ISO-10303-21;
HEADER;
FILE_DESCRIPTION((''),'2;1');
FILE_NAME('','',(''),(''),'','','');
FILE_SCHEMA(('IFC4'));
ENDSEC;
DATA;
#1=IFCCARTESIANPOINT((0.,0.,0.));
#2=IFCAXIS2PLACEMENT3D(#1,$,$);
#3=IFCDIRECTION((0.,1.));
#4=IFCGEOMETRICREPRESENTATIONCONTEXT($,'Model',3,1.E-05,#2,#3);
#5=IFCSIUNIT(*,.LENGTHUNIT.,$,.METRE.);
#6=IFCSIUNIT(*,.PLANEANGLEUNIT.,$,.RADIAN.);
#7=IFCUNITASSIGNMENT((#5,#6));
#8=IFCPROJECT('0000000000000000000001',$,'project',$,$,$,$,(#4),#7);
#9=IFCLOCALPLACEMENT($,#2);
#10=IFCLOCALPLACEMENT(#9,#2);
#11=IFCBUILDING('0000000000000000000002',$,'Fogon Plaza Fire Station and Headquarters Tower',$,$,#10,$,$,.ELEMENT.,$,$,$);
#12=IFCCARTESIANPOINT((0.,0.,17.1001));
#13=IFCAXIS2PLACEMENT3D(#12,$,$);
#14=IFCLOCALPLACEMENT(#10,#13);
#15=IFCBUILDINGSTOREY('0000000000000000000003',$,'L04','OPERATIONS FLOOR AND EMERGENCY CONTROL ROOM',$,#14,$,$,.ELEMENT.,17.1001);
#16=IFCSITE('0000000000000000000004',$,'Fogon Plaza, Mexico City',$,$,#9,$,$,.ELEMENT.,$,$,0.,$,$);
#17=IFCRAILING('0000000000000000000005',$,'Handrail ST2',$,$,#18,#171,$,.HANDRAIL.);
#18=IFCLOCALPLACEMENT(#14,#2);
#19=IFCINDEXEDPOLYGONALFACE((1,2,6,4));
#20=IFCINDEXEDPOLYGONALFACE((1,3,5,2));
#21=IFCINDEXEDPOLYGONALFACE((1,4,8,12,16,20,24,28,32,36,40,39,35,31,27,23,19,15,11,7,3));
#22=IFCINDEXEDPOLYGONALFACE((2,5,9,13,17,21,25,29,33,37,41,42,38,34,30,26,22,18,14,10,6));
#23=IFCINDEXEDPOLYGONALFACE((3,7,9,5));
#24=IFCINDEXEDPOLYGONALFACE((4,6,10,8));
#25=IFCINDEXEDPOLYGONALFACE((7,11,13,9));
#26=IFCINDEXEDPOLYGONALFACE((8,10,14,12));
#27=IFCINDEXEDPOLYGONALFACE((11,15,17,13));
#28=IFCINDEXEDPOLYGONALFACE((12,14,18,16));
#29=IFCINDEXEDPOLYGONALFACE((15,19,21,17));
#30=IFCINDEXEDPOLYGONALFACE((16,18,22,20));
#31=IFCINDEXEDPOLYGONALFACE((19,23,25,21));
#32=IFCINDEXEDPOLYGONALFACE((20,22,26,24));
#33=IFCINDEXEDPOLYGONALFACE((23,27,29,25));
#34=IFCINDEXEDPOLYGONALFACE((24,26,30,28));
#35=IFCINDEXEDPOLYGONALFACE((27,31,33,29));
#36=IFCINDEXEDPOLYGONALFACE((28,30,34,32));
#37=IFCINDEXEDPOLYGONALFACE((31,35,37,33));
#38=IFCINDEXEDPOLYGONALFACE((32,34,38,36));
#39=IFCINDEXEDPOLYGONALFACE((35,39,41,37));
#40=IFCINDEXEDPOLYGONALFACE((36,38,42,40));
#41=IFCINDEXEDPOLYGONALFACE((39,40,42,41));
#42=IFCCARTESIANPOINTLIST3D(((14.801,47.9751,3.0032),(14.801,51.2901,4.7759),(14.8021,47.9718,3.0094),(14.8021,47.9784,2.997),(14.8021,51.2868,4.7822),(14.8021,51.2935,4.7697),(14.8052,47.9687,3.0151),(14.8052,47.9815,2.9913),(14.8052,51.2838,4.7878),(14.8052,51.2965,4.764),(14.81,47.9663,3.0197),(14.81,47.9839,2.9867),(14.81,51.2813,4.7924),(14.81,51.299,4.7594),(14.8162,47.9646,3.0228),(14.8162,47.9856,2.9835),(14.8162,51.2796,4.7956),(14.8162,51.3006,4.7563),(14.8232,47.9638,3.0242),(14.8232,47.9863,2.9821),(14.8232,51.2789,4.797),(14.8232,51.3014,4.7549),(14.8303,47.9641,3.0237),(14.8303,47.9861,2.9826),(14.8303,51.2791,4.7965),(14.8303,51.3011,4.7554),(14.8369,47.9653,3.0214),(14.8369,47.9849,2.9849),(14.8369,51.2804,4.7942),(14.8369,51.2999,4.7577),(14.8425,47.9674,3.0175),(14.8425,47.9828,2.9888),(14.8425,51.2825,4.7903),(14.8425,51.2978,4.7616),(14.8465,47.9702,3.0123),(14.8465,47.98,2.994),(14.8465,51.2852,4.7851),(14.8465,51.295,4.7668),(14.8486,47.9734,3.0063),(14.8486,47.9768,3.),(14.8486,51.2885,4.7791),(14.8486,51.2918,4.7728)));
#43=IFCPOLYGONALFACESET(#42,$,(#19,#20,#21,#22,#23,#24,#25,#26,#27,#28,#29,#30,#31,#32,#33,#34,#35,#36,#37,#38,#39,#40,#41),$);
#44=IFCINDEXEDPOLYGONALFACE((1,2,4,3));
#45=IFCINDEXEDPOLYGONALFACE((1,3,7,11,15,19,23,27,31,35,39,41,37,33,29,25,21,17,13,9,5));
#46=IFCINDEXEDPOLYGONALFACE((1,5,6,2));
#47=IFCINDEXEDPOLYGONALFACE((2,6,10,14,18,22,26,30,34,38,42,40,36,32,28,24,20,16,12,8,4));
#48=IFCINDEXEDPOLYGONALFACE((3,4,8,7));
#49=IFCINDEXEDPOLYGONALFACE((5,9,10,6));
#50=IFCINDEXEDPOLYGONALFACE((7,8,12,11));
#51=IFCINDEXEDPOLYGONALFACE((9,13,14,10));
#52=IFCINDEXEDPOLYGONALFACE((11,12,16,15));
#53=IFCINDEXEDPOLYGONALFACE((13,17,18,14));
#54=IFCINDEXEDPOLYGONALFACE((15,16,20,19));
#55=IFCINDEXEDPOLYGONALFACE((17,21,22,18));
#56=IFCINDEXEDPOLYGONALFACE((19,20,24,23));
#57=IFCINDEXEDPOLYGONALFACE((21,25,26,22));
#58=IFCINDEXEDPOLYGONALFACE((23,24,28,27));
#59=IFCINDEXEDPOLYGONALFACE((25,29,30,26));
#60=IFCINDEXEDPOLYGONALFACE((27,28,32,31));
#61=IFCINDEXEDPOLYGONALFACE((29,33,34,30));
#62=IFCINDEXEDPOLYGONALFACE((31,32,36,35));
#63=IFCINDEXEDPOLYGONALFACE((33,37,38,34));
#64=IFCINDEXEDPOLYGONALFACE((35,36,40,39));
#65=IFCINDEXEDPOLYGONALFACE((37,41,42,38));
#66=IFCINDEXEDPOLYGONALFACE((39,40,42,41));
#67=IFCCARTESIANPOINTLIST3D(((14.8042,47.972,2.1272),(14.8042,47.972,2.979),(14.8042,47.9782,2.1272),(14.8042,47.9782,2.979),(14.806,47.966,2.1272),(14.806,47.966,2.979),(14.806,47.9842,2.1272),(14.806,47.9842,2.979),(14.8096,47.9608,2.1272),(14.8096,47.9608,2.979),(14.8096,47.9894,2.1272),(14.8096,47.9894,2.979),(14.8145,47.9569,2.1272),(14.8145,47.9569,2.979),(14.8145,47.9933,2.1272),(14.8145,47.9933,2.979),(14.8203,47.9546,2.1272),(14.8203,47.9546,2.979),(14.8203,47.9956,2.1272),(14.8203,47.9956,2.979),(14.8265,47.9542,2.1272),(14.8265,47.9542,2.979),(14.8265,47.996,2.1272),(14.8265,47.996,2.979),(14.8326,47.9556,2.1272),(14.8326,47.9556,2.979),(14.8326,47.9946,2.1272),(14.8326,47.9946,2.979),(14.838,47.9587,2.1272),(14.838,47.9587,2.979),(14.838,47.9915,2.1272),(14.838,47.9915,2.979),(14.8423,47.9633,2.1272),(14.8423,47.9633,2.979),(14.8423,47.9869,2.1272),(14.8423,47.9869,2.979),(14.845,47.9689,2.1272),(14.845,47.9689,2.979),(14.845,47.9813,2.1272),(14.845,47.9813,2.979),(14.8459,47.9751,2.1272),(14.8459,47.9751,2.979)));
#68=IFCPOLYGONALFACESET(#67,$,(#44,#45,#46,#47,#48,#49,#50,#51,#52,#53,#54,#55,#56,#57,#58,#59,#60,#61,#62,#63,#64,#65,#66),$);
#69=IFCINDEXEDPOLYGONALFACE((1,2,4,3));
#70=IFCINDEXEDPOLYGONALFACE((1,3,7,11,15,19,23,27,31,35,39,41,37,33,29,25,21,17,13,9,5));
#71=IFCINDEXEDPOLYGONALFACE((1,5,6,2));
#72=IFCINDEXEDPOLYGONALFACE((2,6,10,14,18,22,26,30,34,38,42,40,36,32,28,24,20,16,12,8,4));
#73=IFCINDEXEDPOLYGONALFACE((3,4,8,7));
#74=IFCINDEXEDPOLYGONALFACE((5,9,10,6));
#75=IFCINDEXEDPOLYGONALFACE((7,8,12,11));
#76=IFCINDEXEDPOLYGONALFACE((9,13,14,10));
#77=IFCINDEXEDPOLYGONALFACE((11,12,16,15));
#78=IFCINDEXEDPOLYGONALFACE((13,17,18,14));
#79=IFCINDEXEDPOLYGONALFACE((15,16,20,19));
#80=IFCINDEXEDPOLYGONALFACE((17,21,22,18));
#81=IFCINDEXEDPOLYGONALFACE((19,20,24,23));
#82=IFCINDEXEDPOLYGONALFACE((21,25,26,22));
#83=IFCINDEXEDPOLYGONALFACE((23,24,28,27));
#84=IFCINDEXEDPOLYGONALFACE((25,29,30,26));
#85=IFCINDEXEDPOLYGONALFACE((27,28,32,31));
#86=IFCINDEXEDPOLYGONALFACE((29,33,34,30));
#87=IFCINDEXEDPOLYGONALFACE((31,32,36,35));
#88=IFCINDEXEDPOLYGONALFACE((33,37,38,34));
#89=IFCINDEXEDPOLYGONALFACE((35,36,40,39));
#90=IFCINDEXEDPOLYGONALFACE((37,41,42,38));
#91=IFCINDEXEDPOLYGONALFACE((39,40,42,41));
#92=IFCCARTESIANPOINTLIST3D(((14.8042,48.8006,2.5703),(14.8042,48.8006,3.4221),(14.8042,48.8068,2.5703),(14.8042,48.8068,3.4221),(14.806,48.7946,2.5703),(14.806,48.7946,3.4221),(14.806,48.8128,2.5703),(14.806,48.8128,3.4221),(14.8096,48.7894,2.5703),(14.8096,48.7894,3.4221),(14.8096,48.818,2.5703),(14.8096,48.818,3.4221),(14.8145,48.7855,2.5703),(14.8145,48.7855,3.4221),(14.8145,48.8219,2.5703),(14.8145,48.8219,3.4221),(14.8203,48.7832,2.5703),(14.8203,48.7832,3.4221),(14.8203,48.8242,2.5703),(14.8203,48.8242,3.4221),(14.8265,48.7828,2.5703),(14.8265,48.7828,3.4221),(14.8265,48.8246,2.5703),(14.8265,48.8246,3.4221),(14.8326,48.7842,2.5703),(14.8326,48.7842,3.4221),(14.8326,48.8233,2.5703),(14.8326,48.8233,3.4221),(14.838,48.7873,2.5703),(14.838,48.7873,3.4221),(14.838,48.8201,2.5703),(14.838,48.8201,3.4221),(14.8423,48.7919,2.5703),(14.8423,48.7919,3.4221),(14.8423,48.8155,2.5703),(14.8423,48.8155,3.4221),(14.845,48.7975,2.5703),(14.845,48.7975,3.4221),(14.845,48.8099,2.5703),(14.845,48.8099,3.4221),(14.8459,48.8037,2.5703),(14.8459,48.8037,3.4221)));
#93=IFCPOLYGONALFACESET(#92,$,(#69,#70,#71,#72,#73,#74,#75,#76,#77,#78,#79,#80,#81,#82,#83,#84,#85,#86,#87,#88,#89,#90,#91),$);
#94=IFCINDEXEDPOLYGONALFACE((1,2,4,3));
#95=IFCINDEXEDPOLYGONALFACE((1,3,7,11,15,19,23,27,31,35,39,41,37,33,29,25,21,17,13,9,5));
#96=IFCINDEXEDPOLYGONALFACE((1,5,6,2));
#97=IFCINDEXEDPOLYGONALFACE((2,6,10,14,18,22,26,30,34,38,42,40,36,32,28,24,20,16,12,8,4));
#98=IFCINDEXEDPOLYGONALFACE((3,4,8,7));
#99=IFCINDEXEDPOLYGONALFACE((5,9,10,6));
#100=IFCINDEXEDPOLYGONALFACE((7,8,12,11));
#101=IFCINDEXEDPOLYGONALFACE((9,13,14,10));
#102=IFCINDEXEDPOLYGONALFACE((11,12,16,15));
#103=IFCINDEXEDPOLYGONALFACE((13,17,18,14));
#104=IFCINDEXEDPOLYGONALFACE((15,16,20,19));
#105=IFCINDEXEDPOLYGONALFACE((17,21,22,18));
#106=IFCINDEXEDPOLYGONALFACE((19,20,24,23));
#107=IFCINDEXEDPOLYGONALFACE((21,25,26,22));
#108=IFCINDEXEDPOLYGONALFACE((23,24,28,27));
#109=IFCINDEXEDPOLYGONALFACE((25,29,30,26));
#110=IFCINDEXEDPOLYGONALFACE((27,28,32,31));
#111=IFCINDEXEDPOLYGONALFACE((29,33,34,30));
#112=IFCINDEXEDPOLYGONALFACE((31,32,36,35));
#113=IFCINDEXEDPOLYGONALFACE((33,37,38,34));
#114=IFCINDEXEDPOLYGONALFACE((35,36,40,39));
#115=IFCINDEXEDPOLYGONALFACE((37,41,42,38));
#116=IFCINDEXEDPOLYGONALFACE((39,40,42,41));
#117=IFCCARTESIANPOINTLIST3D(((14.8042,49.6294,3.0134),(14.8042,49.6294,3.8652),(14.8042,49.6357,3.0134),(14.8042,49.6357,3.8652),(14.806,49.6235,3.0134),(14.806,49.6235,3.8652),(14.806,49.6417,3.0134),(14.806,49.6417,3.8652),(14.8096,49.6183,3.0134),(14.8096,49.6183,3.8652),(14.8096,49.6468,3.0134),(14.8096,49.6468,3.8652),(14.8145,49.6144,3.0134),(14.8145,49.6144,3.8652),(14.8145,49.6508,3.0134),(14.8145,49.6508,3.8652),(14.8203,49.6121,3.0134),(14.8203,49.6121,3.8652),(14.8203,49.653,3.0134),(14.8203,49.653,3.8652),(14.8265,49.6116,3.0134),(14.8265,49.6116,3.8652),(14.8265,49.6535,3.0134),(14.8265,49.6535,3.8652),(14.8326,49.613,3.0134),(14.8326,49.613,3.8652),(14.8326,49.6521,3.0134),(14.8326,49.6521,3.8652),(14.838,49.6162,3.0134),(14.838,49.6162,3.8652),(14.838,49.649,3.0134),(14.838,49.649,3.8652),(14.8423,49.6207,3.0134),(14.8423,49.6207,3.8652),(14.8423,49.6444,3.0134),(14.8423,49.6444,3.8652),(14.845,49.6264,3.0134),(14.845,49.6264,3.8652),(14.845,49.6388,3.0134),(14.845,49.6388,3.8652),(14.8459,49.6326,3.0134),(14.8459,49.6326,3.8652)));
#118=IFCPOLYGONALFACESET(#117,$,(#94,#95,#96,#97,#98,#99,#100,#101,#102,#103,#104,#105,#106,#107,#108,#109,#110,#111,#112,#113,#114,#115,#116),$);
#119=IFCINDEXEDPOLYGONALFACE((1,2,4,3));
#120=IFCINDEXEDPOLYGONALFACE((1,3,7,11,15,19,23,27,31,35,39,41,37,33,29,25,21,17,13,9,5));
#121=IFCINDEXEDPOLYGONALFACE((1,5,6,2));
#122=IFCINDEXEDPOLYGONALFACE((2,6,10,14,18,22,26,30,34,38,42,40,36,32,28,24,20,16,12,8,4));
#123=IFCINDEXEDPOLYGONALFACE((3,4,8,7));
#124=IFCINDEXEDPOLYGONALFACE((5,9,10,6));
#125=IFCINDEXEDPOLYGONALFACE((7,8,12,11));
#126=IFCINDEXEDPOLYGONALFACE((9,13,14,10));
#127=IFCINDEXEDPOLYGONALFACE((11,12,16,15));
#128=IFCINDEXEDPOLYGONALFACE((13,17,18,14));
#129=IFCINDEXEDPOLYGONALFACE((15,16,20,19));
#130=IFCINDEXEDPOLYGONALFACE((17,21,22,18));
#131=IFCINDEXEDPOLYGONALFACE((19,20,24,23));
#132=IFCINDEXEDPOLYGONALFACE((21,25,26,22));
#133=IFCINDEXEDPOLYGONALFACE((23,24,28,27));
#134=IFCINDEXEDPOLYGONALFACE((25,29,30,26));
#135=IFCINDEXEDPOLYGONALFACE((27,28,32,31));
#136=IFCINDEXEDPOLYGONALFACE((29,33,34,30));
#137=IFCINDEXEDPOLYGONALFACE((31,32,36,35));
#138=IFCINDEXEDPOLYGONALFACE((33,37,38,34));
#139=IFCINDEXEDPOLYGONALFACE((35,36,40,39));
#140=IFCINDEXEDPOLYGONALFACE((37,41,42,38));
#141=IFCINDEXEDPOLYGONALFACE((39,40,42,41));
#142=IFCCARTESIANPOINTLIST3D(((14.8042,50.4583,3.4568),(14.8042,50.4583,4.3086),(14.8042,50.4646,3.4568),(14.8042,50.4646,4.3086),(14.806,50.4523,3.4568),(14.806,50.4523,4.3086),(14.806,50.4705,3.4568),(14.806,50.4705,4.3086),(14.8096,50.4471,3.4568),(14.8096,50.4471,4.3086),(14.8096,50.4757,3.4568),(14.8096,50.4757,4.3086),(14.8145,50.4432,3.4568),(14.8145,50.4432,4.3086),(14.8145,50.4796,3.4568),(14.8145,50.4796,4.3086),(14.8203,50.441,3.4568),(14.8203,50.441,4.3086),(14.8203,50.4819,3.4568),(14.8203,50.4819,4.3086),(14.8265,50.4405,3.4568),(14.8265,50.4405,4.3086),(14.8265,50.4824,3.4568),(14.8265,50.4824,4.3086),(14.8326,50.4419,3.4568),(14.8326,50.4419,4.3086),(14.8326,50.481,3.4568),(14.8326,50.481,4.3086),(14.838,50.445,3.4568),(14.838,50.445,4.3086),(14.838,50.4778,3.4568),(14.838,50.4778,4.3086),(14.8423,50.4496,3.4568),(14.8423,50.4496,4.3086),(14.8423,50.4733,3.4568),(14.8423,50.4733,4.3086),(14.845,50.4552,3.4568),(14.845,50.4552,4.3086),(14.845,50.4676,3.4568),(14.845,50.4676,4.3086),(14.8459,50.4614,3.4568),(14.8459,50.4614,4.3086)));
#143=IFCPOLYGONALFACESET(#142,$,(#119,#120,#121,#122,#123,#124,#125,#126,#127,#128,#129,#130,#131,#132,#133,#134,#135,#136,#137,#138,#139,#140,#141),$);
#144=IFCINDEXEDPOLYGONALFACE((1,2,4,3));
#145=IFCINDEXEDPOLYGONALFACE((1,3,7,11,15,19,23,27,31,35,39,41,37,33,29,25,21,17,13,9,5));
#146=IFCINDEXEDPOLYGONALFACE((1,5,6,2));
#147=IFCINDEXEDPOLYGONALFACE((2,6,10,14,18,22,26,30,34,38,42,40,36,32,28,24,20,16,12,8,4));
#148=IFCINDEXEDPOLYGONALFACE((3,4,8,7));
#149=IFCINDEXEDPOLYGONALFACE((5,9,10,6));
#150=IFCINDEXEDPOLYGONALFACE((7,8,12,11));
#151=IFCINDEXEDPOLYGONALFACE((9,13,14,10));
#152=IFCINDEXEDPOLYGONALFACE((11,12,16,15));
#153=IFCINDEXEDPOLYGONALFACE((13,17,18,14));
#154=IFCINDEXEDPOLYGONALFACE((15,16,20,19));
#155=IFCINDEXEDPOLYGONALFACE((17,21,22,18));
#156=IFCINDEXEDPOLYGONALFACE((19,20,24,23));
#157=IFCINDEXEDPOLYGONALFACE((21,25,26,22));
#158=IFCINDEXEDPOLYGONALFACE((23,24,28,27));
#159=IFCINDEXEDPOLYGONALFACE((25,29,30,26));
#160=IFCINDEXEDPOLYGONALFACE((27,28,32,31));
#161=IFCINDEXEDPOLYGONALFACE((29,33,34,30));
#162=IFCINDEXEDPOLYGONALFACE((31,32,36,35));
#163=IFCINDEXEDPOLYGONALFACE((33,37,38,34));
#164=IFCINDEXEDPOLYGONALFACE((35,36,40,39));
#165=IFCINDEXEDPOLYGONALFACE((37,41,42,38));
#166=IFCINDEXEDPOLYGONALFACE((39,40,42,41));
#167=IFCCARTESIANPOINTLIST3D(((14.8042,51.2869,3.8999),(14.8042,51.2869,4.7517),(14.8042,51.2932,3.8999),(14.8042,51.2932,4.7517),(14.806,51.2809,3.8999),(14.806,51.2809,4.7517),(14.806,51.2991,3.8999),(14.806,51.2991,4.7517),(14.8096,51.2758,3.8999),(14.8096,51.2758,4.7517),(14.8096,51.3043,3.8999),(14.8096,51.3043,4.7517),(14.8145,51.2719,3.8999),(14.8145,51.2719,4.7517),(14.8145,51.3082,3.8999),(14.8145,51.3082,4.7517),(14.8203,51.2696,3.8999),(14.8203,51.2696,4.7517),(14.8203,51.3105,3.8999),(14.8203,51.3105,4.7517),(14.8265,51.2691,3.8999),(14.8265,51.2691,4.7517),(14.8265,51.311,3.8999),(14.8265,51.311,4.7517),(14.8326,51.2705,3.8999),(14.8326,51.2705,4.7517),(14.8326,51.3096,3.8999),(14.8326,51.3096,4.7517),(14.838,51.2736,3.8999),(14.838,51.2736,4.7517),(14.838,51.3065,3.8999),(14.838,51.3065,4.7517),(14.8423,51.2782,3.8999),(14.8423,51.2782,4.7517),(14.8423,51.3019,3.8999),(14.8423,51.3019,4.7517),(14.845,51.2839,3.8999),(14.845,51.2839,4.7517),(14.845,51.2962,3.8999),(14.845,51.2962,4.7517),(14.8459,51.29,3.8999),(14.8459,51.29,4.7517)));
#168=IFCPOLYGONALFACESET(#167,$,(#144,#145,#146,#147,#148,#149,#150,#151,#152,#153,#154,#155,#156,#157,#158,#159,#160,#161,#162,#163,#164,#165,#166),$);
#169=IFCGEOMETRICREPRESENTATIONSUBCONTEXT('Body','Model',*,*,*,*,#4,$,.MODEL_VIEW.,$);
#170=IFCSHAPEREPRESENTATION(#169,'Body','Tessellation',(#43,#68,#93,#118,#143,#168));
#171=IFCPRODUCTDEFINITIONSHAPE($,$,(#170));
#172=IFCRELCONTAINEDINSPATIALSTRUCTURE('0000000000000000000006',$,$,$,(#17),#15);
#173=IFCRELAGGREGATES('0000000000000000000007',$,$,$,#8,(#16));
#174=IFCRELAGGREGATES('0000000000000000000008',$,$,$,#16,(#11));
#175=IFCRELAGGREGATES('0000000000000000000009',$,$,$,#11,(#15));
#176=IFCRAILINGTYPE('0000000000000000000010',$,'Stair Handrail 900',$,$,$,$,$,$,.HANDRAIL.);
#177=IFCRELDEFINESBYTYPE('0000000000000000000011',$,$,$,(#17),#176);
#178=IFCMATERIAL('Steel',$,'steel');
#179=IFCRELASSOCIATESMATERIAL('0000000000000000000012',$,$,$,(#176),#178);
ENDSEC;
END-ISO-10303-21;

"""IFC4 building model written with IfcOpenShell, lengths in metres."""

from ifc_helpers import new_model, si_unit, direction, frame, origin, origin_2d, place, context, subcontext, project, spatial, circle, extrude, material, type_object, element, save


model = new_model("IFC4")

# Units and contexts
model_context = context("Model", 3, precision=1e-05, world=origin(), true_north=direction((0.0, 1.0)))
body_context = subcontext(model_context, "Body", "Model", "MODEL_VIEW")
ifc_project = project(units=[si_unit("LENGTHUNIT", "METRE"), si_unit("PLANEANGLEUNIT", "RADIAN")], contexts=[model_context])

# Site, building, storey
site_placement = place(None, origin())
site = spatial("IfcSite", under=ifc_project, at=site_placement, Name="Fogon Plaza, Mexico City", CompositionType="ELEMENT", RefElevation=0.0)
building_placement = place(site_placement, origin())
building = spatial("IfcBuilding", under=site, at=building_placement, Name="Fogon Plaza Fire Station and Headquarters Tower", CompositionType="ELEMENT")
storey_placement = place(building_placement, frame((0.0, 0.0, 17.1001)))
storey = spatial("IfcBuildingStorey", under=building, at=storey_placement, Name="L04", Description="OPERATIONS FLOOR AND EMERGENCY CONTROL ROOM", CompositionType="ELEMENT", Elevation=17.1001)

# Railing
ifc_material_1 = material(Name="Steel", Category="steel")
railing_type = type_object("IfcRailingType", Name="Stair Handrail 900", PredefinedType="HANDRAIL", material=ifc_material_1)
for number, where, name in (
    (1, (14.825, 47.9751, 2.1272), "Handrail ST2"),
):
    element("IfcRailing", number, at=place(storey_placement, frame(where)), inside=storey, type_object=railing_type, Name=name, PredefinedType="HANDRAIL", context=body_context, shape_type="SweptSolid", body=[
        extrude(circle(Radius=0.0239, at=origin_2d()), frame((0.0, 0.0, 0.876), z_axis=(0.0, 0.881829, 0.471569), x_axis=(-1.0, 0.0, 0.0)), (0.0, 0.0, 1.0), 3.7593),
        extrude(circle(Radius=0.021, at=origin_2d()), origin(), (0.0, 0.0, 1.0), 0.8518),
        extrude(circle(Radius=0.021, at=origin_2d()), frame((0.0, 0.8286, 0.4431)), (0.0, 0.0, 1.0), 0.8518),
        extrude(circle(Radius=0.021, at=origin_2d()), frame((0.0, 1.6575, 0.8862)), (0.0, 0.0, 1.0), 0.8518),
        extrude(circle(Radius=0.021, at=origin_2d()), frame((0.0, 2.4863, 1.3296)), (0.0, 0.0, 1.0), 0.8518),
        extrude(circle(Radius=0.021, at=origin_2d()), frame((0.0, 3.3149, 1.7727)), (0.0, 0.0, 1.0), 0.8518),
    ])

save(model, "model.ifc")
